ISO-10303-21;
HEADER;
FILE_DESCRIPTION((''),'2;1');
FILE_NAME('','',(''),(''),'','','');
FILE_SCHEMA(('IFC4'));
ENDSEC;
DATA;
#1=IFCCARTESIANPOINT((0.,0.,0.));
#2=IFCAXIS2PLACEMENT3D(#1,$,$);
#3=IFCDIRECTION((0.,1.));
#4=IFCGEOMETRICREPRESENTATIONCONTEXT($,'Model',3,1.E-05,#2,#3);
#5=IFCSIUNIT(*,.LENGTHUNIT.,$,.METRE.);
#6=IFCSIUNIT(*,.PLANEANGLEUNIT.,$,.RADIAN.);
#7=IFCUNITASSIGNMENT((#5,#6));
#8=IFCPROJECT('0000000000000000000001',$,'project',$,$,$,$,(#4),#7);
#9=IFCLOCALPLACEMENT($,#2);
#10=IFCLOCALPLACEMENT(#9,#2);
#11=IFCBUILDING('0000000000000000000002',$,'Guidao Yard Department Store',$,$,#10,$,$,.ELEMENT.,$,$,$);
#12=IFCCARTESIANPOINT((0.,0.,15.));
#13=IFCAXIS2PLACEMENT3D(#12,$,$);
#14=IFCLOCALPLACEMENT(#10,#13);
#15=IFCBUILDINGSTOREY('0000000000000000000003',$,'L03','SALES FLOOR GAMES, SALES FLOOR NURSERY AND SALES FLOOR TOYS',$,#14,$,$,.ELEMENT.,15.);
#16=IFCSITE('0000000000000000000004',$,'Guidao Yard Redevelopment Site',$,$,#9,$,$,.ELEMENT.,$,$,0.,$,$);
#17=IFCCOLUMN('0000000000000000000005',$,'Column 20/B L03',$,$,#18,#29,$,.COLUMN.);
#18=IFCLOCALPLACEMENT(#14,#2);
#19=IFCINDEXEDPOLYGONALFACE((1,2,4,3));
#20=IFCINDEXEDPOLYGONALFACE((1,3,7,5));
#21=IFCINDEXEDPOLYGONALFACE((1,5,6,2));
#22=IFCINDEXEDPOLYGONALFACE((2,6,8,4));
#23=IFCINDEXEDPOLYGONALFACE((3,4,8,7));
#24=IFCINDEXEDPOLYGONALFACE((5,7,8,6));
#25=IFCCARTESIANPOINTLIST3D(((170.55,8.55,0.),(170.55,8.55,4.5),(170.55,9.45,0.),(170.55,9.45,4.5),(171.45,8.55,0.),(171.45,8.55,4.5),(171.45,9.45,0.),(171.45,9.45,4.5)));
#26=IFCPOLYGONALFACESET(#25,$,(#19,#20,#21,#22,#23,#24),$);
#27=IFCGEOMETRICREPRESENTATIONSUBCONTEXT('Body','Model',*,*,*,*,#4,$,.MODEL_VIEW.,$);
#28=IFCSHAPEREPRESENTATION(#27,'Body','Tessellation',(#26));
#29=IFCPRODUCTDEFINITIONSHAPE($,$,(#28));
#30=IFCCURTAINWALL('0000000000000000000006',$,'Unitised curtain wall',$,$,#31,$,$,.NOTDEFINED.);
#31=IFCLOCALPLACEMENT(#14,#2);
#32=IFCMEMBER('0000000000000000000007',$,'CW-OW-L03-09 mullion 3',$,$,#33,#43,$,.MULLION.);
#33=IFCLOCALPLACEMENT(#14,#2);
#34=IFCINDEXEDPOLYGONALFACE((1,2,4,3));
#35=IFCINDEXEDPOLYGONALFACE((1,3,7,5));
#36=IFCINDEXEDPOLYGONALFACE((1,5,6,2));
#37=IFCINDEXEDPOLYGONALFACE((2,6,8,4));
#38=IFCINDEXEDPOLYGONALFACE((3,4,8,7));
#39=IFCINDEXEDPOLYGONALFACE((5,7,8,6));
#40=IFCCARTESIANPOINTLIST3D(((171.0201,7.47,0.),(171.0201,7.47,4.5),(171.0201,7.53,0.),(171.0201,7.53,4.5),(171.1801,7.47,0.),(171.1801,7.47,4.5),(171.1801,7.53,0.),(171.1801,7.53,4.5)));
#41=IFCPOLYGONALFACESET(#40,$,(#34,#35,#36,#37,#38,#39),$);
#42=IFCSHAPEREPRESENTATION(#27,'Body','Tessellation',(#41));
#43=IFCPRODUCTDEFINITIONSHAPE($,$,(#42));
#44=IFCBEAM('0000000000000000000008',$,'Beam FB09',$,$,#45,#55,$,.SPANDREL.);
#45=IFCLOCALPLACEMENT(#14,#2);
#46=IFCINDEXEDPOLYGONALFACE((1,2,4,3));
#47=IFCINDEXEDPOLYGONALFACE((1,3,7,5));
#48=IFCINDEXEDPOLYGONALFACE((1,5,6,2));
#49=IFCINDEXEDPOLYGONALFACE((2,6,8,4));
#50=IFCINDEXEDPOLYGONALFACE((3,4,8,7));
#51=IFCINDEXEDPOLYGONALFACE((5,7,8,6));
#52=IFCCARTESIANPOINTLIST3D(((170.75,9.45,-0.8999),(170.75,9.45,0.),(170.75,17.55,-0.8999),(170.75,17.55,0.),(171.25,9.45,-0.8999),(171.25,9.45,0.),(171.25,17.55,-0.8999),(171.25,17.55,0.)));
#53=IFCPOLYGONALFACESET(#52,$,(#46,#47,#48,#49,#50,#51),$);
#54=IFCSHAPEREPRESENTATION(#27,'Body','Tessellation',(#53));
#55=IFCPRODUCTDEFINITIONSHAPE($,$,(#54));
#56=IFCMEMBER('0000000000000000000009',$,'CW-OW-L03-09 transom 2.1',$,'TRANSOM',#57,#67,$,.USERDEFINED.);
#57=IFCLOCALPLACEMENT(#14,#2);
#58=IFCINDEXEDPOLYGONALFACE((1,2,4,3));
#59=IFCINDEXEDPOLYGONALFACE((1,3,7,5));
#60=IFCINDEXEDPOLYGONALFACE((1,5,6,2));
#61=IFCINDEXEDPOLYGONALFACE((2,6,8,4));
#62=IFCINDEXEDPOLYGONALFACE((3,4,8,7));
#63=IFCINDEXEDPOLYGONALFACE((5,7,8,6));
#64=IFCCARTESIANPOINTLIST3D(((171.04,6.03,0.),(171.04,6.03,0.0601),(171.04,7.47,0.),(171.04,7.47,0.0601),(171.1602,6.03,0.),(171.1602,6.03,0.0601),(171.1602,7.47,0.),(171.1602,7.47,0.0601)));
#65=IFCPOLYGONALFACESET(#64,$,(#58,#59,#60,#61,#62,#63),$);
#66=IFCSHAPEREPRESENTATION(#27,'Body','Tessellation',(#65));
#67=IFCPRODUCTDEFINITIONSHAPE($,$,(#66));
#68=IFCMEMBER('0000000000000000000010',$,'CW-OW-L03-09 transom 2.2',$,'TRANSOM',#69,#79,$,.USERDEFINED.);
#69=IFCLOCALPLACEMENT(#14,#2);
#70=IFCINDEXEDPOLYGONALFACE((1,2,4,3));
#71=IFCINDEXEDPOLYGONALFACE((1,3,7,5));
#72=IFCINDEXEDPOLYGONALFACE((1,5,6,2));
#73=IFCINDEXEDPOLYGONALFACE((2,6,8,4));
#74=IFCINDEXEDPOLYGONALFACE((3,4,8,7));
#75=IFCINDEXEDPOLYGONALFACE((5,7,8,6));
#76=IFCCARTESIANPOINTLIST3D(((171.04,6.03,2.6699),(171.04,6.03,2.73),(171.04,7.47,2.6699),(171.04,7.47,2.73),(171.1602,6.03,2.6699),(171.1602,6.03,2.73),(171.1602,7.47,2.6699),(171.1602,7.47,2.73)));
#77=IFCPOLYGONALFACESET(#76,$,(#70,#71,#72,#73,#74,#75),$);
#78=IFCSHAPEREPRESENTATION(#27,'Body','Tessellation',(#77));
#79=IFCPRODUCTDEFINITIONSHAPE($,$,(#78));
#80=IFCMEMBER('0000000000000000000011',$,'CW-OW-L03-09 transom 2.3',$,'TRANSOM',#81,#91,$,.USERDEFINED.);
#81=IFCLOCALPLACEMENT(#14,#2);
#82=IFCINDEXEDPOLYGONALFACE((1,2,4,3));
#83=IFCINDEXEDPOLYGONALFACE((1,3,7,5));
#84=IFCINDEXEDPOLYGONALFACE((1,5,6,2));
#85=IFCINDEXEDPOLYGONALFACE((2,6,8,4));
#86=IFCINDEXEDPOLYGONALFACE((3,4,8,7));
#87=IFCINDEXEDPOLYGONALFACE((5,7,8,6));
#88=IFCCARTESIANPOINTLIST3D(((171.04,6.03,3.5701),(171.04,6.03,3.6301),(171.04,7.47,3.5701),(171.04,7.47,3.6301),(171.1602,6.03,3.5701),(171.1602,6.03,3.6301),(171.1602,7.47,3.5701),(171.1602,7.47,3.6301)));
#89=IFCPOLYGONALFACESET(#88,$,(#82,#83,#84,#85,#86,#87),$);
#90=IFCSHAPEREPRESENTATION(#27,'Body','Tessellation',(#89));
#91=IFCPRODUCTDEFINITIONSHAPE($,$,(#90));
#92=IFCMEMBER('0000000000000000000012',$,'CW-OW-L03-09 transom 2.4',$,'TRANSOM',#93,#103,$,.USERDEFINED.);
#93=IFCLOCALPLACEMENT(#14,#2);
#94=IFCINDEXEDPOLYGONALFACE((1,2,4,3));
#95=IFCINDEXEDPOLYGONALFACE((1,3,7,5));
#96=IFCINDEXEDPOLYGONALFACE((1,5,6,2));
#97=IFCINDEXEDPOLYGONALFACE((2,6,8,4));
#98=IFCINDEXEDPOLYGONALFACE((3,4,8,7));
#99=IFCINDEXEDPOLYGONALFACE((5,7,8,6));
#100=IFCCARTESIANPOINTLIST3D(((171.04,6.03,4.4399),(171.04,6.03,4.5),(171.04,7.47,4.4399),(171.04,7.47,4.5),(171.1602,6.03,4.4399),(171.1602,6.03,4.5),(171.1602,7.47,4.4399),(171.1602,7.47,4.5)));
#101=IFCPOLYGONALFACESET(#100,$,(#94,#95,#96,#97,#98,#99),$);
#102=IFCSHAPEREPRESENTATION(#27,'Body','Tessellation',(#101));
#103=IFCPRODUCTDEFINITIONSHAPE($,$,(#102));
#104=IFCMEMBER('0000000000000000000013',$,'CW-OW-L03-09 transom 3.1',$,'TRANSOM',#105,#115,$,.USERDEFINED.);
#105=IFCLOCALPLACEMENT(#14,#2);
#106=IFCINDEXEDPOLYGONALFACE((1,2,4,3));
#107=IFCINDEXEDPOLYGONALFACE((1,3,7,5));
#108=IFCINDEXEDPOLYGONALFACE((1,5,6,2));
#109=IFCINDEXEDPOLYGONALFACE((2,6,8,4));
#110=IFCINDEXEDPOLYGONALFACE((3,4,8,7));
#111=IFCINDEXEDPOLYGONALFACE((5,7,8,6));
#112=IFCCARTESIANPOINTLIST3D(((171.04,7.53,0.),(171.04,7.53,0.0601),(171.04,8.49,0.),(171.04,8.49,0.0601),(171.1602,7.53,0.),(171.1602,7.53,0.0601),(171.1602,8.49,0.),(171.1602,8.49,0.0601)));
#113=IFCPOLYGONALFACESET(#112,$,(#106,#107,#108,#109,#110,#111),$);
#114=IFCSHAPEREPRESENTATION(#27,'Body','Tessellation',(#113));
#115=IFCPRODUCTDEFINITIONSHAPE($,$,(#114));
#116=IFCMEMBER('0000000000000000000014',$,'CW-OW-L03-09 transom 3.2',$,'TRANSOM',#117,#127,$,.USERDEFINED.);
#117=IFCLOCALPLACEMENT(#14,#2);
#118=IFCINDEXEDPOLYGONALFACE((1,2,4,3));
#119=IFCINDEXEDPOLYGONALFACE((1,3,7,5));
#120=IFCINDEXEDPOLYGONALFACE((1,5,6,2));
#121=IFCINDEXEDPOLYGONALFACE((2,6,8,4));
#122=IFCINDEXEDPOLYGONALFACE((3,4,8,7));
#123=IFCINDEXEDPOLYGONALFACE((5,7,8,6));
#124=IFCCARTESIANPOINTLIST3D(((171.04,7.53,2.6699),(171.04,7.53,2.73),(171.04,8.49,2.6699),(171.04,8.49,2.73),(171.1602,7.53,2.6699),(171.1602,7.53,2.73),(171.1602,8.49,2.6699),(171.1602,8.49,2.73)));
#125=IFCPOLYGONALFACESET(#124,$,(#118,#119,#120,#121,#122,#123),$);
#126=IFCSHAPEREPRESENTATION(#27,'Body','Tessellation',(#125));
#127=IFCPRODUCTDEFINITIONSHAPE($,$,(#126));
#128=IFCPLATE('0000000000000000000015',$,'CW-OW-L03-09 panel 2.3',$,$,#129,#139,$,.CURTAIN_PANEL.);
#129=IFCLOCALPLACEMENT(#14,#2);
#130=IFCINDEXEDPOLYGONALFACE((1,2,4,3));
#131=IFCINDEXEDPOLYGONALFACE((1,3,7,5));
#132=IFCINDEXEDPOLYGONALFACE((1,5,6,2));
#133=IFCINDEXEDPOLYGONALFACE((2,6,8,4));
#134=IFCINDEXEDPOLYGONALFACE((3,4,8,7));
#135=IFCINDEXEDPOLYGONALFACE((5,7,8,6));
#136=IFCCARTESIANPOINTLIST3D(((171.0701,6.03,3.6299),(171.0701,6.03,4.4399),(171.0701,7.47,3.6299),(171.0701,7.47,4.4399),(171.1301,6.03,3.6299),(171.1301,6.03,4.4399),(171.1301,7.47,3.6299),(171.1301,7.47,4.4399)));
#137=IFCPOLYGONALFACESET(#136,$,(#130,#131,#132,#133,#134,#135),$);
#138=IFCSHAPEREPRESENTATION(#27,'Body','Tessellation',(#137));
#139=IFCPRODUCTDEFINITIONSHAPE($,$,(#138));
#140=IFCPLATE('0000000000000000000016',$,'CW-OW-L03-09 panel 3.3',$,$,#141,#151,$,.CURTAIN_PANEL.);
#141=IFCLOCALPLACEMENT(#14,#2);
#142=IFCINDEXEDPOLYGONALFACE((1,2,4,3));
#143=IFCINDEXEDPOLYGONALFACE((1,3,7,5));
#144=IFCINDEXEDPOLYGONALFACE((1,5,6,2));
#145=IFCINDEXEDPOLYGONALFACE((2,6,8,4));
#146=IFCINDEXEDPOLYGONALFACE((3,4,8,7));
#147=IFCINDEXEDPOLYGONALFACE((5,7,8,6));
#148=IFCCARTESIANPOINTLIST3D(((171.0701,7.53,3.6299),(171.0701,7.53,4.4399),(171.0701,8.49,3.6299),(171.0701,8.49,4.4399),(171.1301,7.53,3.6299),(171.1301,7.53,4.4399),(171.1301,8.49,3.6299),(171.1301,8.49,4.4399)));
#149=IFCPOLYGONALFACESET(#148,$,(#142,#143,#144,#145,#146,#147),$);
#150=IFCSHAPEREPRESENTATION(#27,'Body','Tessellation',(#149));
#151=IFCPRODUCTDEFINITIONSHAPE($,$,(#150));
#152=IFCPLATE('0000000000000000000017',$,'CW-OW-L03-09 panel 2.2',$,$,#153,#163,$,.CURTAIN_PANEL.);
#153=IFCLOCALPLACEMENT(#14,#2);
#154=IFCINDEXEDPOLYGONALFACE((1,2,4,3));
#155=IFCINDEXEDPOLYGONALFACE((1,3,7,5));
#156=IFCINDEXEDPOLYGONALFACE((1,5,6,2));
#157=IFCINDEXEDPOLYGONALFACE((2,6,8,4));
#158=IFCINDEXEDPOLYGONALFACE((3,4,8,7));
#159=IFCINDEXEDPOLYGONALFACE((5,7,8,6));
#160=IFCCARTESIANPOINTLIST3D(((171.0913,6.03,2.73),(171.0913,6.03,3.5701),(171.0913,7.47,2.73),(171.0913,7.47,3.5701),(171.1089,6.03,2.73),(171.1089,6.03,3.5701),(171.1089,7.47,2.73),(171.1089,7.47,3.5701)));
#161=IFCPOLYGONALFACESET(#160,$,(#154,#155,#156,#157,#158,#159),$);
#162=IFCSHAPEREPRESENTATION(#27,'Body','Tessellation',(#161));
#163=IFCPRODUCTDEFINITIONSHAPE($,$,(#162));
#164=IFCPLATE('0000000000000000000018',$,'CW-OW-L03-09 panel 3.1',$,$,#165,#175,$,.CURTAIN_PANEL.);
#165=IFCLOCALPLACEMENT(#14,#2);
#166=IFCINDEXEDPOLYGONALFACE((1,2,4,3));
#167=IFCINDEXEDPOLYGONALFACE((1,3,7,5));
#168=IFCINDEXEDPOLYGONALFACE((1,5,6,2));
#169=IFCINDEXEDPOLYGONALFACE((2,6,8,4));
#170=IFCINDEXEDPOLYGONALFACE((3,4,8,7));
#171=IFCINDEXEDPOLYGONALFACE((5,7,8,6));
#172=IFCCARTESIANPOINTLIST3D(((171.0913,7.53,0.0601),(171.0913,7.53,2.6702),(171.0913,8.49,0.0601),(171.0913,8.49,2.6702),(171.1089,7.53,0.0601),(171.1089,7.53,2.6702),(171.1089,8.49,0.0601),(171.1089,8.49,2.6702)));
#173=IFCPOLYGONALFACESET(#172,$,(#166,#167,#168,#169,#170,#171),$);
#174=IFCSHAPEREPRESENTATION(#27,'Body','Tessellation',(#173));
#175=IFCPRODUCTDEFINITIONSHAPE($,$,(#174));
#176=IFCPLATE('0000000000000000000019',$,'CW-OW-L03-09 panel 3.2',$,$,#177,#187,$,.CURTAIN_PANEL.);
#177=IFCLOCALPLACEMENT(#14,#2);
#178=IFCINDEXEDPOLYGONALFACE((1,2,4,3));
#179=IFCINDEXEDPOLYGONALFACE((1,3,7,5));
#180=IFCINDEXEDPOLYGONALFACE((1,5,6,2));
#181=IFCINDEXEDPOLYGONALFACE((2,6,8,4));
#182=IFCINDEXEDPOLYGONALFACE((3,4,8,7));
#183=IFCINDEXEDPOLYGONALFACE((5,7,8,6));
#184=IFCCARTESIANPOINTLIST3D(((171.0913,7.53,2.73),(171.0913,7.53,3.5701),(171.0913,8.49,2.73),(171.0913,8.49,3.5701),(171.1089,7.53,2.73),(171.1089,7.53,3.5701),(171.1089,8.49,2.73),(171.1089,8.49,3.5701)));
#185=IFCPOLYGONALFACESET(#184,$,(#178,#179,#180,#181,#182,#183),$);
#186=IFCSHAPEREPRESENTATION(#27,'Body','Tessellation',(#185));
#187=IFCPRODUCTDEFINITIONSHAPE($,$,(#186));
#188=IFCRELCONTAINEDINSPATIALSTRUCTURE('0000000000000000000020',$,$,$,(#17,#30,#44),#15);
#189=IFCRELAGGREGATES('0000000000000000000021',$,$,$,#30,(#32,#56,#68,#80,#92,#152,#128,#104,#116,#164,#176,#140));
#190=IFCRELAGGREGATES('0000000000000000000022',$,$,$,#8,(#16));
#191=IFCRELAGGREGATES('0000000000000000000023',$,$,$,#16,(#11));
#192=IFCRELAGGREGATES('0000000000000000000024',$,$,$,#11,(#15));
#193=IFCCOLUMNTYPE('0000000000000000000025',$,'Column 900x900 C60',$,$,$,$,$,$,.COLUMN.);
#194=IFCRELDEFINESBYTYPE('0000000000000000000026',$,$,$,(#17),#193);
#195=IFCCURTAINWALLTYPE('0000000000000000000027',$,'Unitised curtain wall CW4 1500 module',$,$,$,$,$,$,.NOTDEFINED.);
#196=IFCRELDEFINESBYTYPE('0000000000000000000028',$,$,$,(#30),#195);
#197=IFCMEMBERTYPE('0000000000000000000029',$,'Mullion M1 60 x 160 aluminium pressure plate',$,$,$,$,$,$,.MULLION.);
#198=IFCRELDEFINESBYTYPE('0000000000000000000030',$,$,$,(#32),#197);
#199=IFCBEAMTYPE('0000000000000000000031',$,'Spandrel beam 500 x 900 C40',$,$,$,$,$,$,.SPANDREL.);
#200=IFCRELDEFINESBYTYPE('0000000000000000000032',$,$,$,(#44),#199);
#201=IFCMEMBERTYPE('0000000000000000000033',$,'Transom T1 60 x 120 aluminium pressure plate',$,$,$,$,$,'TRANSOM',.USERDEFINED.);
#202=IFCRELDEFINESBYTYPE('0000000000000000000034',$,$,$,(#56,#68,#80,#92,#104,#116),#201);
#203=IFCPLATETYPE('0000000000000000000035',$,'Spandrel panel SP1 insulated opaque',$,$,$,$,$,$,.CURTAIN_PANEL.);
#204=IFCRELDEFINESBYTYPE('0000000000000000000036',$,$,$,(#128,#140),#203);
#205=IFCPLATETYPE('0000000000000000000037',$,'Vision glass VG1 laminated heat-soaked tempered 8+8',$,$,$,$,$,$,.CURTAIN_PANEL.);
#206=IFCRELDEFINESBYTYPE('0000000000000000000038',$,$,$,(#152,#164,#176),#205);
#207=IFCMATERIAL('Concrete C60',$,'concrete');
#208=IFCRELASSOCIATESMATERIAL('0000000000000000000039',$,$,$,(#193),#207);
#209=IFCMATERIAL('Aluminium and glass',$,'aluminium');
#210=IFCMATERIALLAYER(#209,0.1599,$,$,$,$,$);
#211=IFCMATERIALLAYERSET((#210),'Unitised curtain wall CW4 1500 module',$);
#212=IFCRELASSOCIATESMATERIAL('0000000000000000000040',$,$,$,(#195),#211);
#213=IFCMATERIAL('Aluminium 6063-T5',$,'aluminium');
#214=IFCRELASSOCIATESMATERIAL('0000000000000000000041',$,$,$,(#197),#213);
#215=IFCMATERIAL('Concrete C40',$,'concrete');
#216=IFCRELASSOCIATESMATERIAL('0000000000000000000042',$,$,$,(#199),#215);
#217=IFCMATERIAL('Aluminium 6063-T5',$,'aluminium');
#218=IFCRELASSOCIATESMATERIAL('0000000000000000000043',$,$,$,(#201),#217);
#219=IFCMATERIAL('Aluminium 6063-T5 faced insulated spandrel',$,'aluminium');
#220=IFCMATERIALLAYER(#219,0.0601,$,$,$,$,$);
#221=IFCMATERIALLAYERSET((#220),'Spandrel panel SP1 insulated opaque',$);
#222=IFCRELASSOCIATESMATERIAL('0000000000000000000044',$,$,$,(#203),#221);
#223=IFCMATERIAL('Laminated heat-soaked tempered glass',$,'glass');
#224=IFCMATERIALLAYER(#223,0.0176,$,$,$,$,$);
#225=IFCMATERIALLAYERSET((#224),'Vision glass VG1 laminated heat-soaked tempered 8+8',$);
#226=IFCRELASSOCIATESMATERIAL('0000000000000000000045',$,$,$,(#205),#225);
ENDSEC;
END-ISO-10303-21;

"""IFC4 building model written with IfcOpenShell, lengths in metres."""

from ifc_helpers import new_model, si_unit, direction, frame, origin, origin_2d, place, context, subcontext, project, spatial, rectangle, extrude, material, layer, layer_set, material_profile, profile_set, type_object, element, aggregate, save


model = new_model("IFC4")

# Units and contexts
model_context = context("Model", 3, precision=1e-05, world=origin(), true_north=direction((0.0, 1.0)))
body_context = subcontext(model_context, "Body", "Model", "MODEL_VIEW")
ifc_project = project(units=[si_unit("LENGTHUNIT", "METRE"), si_unit("PLANEANGLEUNIT", "RADIAN")], contexts=[model_context])

# Site, building, storey
site_placement = place(None, origin())
site = spatial("IfcSite", under=ifc_project, at=site_placement, Name="Guidao Yard Redevelopment Site", CompositionType="ELEMENT", RefElevation=0.0)
building_placement = place(site_placement, origin())
building = spatial("IfcBuilding", under=site, at=building_placement, Name="Guidao Yard Department Store", CompositionType="ELEMENT")
storey_placement = place(building_placement, frame((0.0, 0.0, 15.0)))
storey = spatial("IfcBuildingStorey", under=building, at=storey_placement, Name="L03", Description="SALES FLOOR GAMES, SALES FLOOR NURSERY AND SALES FLOOR TOYS", CompositionType="ELEMENT", Elevation=15.0)

# Column
ifc_material_1 = material(Name="Concrete C60", Category="concrete")
ifc_material_profile_1 = material_profile(ifc_material_1, rectangle(XDim=0.8999, YDim=0.8999, at=origin_2d()), Name="COL 900x900")
ifc_profile_set_1 = profile_set([ifc_material_profile_1], Name="Concrete C60")
column_type = type_object("IfcColumnType", Name="Column 900x900 C60", PredefinedType="COLUMN", material=ifc_profile_set_1)
column_placement = place(storey_placement, frame((171.0, 9.0, 0.0), z_axis=(0.0, 0.0, 1.0), x_axis=(1.0, 0.0, 0.0)))
element("IfcColumn", 1, at=column_placement, inside=storey, type_object=column_type, Name="Column 20/B L03", PredefinedType="COLUMN", context=body_context, shape_type="SweptSolid", body=[
    extrude(rectangle(XDim=0.8999, YDim=0.8999, at=origin_2d()), origin(), (0.0, 0.0, 1.0), 4.5),
])

# Curtain wall, member
ifc_material_2 = material(Name="Aluminium and glass", Category="aluminium")
ifc_layer_1 = layer(ifc_material_2, 0.1599)
ifc_layer_set_1 = layer_set([ifc_layer_1], Name="Unitised curtain wall CW4 1500 module")
curtain_wall_type = type_object("IfcCurtainWallType", Name="Unitised curtain wall CW4 1500 module", PredefinedType="NOTDEFINED", material=ifc_layer_set_1)
curtain_wall_placement = place(storey_placement, origin())
curtain_wall = element("IfcCurtainWall", 2, at=curtain_wall_placement, inside=storey, type_object=curtain_wall_type, Name="Unitised curtain wall", PredefinedType="NOTDEFINED")
ifc_material_3 = material(Name="Aluminium 6063-T5", Category="aluminium")
ifc_material_profile_2 = material_profile(ifc_material_3, rectangle(XDim=0.0601, YDim=0.1599, at=origin_2d()), Name="Mullion M1 60 x 160 aluminium pressure plate")
ifc_profile_set_2 = profile_set([ifc_material_profile_2], Name="Aluminium 6063-T5")
member_type_1 = type_object("IfcMemberType", Name="Mullion M1 60 x 160 aluminium pressure plate", PredefinedType="MULLION", material=ifc_profile_set_2)
member_1_placement = place(storey_placement, frame((171.1001, 7.5, 0.0), z_axis=(0.0, 0.0, 1.0), x_axis=(0.0, -1.0, 0.0)))
member_1 = element("IfcMember", 3, at=member_1_placement, type_object=member_type_1, Name="CW-OW-L03-09 mullion 3", PredefinedType="MULLION", context=body_context, shape_type="SweptSolid", body=[
    extrude(rectangle(XDim=0.0601, YDim=0.1599, at=origin_2d()), origin(), (0.0, 0.0, 1.0), 4.5),
])

# Beam
ifc_material_4 = material(Name="Concrete C40", Category="concrete")
ifc_material_profile_3 = material_profile(ifc_material_4, rectangle(XDim=0.5, YDim=0.8999, at=origin_2d()), Name="Spandrel beam 500 x 900 C40")
ifc_profile_set_3 = profile_set([ifc_material_profile_3], Name="Concrete C40")
beam_type = type_object("IfcBeamType", Name="Spandrel beam 500 x 900 C40", PredefinedType="SPANDREL", material=ifc_profile_set_3)
beam_placement = place(storey_placement, frame((171.0, 9.45, -0.45), z_axis=(0.0, 1.0, 0.0), x_axis=(-1.0, 0.0, 0.0)))
element("IfcBeam", 4, at=beam_placement, inside=storey, type_object=beam_type, Name="Beam FB09", PredefinedType="SPANDREL", context=body_context, shape_type="SweptSolid", body=[
    extrude(rectangle(XDim=0.5, YDim=0.8999, at=origin_2d()), origin(), (0.0, 0.0, 1.0), 8.1001),
])

# Members
ifc_material_5 = material(Name="Aluminium 6063-T5", Category="aluminium")
ifc_material_profile_4 = material_profile(ifc_material_5, rectangle(XDim=0.1201, YDim=0.0601, at=origin_2d()), Name="Transom T1 60 x 120 aluminium pressure plate")
ifc_profile_set_4 = profile_set([ifc_material_profile_4], Name="Aluminium 6063-T5")
member_type_2 = type_object("IfcMemberType", Name="Transom T1 60 x 120 aluminium pressure plate", ElementType="TRANSOM", PredefinedType="USERDEFINED", material=ifc_profile_set_4)
member_2_placement = place(storey_placement, frame((171.1001, 7.47, 0.03), z_axis=(0.0, -1.0, 0.0), x_axis=(1.0, 0.0, 0.0)))
member_2 = element("IfcMember", 5, at=member_2_placement, type_object=member_type_2, Name="CW-OW-L03-09 transom 2.1", ObjectType="TRANSOM", PredefinedType="USERDEFINED", context=body_context, shape_type="SweptSolid", body=[
    extrude(rectangle(XDim=0.1201, YDim=0.0601, at=origin_2d()), origin(), (0.0, 0.0, 1.0), 1.4399),
])
member_3_placement = place(storey_placement, frame((171.1001, 7.47, 2.7), z_axis=(0.0, -1.0, 0.0), x_axis=(1.0, 0.0, 0.0)))
member_3 = element("IfcMember", 6, at=member_3_placement, type_object=member_type_2, Name="CW-OW-L03-09 transom 2.2", ObjectType="TRANSOM", PredefinedType="USERDEFINED", context=body_context, shape_type="SweptSolid", body=[
    extrude(rectangle(XDim=0.1201, YDim=0.0601, at=origin_2d()), origin(), (0.0, 0.0, 1.0), 1.4399),
])
member_4_placement = place(storey_placement, frame((171.1001, 7.47, 3.6001), z_axis=(0.0, -1.0, 0.0), x_axis=(1.0, 0.0, 0.0)))
member_4 = element("IfcMember", 7, at=member_4_placement, type_object=member_type_2, Name="CW-OW-L03-09 transom 2.3", ObjectType="TRANSOM", PredefinedType="USERDEFINED", context=body_context, shape_type="SweptSolid", body=[
    extrude(rectangle(XDim=0.1201, YDim=0.0601, at=origin_2d()), origin(), (0.0, 0.0, 1.0), 1.4399),
])
member_5_placement = place(storey_placement, frame((171.1001, 7.47, 4.47), z_axis=(0.0, -1.0, 0.0), x_axis=(1.0, 0.0, 0.0)))
member_5 = element("IfcMember", 8, at=member_5_placement, type_object=member_type_2, Name="CW-OW-L03-09 transom 2.4", ObjectType="TRANSOM", PredefinedType="USERDEFINED", context=body_context, shape_type="SweptSolid", body=[
    extrude(rectangle(XDim=0.1201, YDim=0.0601, at=origin_2d()), origin(), (0.0, 0.0, 1.0), 1.4399),
])
member_6_placement = place(storey_placement, frame((171.1001, 8.49, 0.03), z_axis=(0.0, -1.0, 0.0), x_axis=(1.0, 0.0, 0.0)))
member_6 = element("IfcMember", 9, at=member_6_placement, type_object=member_type_2, Name="CW-OW-L03-09 transom 3.1", ObjectType="TRANSOM", PredefinedType="USERDEFINED", context=body_context, shape_type="SweptSolid", body=[
    extrude(rectangle(XDim=0.1201, YDim=0.0601, at=origin_2d()), origin(), (0.0, 0.0, 1.0), 0.96),
])
member_7_placement = place(storey_placement, frame((171.1001, 8.49, 2.7), z_axis=(0.0, -1.0, 0.0), x_axis=(1.0, 0.0, 0.0)))
member_7 = element("IfcMember", 10, at=member_7_placement, type_object=member_type_2, Name="CW-OW-L03-09 transom 3.2", ObjectType="TRANSOM", PredefinedType="USERDEFINED", context=body_context, shape_type="SweptSolid", body=[
    extrude(rectangle(XDim=0.1201, YDim=0.0601, at=origin_2d()), origin(), (0.0, 0.0, 1.0), 0.96),
])

# Plates
ifc_material_6 = material(Name="Aluminium 6063-T5 faced insulated spandrel", Category="aluminium")
ifc_layer_2 = layer(ifc_material_6, 0.0601)
ifc_layer_set_2 = layer_set([ifc_layer_2], Name="Spandrel panel SP1 insulated opaque")
plate_type_1 = type_object("IfcPlateType", Name="Spandrel panel SP1 insulated opaque", PredefinedType="CURTAIN_PANEL", material=ifc_layer_set_2)
plate_1_placement = place(storey_placement, frame((171.1001, 6.75, 3.6299), z_axis=(0.0, 0.0, 1.0), x_axis=(0.0, -1.0, 0.0)))
plate_1 = element("IfcPlate", 11, at=plate_1_placement, type_object=plate_type_1, Name="CW-OW-L03-09 panel 2.3", PredefinedType="CURTAIN_PANEL", context=body_context, shape_type="SweptSolid", body=[
    extrude(rectangle(XDim=1.4399, YDim=0.0601, at=origin_2d()), origin(), (0.0, 0.0, 1.0), 0.8101),
])
plate_2_placement = place(storey_placement, frame((171.1001, 8.01, 3.6299), z_axis=(0.0, 0.0, 1.0), x_axis=(0.0, -1.0, 0.0)))
plate_2 = element("IfcPlate", 12, at=plate_2_placement, type_object=plate_type_1, Name="CW-OW-L03-09 panel 3.3", PredefinedType="CURTAIN_PANEL", context=body_context, shape_type="SweptSolid", body=[
    extrude(rectangle(XDim=0.96, YDim=0.0601, at=origin_2d()), origin(), (0.0, 0.0, 1.0), 0.8101),
])
ifc_material_7 = material(Name="Laminated heat-soaked tempered glass", Category="glass")
ifc_layer_3 = layer(ifc_material_7, 0.0176)
ifc_layer_set_3 = layer_set([ifc_layer_3], Name="Vision glass VG1 laminated heat-soaked tempered 8+8")
plate_type_2 = type_object("IfcPlateType", Name="Vision glass VG1 laminated heat-soaked tempered 8+8", PredefinedType="CURTAIN_PANEL", material=ifc_layer_set_3)
plate_3_placement = place(storey_placement, frame((171.1001, 6.75, 2.73), z_axis=(0.0, 0.0, 1.0), x_axis=(0.0, -1.0, 0.0)))
plate_3 = element("IfcPlate", 13, at=plate_3_placement, type_object=plate_type_2, Name="CW-OW-L03-09 panel 2.2", PredefinedType="CURTAIN_PANEL", context=body_context, shape_type="SweptSolid", body=[
    extrude(rectangle(XDim=1.4399, YDim=0.0176, at=origin_2d()), origin(), (0.0, 0.0, 1.0), 0.8401),
])
plate_4_placement = place(storey_placement, frame((171.1001, 8.01, 0.0601), z_axis=(0.0, 0.0, 1.0), x_axis=(0.0, -1.0, 0.0)))
plate_4 = element("IfcPlate", 14, at=plate_4_placement, type_object=plate_type_2, Name="CW-OW-L03-09 panel 3.1", PredefinedType="CURTAIN_PANEL", context=body_context, shape_type="SweptSolid", body=[
    extrude(rectangle(XDim=0.96, YDim=0.0176, at=origin_2d()), origin(), (0.0, 0.0, 1.0), 2.6101),
])
plate_5_placement = place(storey_placement, frame((171.1001, 8.01, 2.73), z_axis=(0.0, 0.0, 1.0), x_axis=(0.0, -1.0, 0.0)))
plate_5 = element("IfcPlate", 15, at=plate_5_placement, type_object=plate_type_2, Name="CW-OW-L03-09 panel 3.2", PredefinedType="CURTAIN_PANEL", context=body_context, shape_type="SweptSolid", body=[
    extrude(rectangle(XDim=0.96, YDim=0.0176, at=origin_2d()), origin(), (0.0, 0.0, 1.0), 0.8401),
])
aggregate(curtain_wall, [member_1, member_2, member_3, member_4, member_5, plate_3, plate_1, member_6, member_7, plate_4, plate_5, plate_2])

save(model, "model.ifc")
